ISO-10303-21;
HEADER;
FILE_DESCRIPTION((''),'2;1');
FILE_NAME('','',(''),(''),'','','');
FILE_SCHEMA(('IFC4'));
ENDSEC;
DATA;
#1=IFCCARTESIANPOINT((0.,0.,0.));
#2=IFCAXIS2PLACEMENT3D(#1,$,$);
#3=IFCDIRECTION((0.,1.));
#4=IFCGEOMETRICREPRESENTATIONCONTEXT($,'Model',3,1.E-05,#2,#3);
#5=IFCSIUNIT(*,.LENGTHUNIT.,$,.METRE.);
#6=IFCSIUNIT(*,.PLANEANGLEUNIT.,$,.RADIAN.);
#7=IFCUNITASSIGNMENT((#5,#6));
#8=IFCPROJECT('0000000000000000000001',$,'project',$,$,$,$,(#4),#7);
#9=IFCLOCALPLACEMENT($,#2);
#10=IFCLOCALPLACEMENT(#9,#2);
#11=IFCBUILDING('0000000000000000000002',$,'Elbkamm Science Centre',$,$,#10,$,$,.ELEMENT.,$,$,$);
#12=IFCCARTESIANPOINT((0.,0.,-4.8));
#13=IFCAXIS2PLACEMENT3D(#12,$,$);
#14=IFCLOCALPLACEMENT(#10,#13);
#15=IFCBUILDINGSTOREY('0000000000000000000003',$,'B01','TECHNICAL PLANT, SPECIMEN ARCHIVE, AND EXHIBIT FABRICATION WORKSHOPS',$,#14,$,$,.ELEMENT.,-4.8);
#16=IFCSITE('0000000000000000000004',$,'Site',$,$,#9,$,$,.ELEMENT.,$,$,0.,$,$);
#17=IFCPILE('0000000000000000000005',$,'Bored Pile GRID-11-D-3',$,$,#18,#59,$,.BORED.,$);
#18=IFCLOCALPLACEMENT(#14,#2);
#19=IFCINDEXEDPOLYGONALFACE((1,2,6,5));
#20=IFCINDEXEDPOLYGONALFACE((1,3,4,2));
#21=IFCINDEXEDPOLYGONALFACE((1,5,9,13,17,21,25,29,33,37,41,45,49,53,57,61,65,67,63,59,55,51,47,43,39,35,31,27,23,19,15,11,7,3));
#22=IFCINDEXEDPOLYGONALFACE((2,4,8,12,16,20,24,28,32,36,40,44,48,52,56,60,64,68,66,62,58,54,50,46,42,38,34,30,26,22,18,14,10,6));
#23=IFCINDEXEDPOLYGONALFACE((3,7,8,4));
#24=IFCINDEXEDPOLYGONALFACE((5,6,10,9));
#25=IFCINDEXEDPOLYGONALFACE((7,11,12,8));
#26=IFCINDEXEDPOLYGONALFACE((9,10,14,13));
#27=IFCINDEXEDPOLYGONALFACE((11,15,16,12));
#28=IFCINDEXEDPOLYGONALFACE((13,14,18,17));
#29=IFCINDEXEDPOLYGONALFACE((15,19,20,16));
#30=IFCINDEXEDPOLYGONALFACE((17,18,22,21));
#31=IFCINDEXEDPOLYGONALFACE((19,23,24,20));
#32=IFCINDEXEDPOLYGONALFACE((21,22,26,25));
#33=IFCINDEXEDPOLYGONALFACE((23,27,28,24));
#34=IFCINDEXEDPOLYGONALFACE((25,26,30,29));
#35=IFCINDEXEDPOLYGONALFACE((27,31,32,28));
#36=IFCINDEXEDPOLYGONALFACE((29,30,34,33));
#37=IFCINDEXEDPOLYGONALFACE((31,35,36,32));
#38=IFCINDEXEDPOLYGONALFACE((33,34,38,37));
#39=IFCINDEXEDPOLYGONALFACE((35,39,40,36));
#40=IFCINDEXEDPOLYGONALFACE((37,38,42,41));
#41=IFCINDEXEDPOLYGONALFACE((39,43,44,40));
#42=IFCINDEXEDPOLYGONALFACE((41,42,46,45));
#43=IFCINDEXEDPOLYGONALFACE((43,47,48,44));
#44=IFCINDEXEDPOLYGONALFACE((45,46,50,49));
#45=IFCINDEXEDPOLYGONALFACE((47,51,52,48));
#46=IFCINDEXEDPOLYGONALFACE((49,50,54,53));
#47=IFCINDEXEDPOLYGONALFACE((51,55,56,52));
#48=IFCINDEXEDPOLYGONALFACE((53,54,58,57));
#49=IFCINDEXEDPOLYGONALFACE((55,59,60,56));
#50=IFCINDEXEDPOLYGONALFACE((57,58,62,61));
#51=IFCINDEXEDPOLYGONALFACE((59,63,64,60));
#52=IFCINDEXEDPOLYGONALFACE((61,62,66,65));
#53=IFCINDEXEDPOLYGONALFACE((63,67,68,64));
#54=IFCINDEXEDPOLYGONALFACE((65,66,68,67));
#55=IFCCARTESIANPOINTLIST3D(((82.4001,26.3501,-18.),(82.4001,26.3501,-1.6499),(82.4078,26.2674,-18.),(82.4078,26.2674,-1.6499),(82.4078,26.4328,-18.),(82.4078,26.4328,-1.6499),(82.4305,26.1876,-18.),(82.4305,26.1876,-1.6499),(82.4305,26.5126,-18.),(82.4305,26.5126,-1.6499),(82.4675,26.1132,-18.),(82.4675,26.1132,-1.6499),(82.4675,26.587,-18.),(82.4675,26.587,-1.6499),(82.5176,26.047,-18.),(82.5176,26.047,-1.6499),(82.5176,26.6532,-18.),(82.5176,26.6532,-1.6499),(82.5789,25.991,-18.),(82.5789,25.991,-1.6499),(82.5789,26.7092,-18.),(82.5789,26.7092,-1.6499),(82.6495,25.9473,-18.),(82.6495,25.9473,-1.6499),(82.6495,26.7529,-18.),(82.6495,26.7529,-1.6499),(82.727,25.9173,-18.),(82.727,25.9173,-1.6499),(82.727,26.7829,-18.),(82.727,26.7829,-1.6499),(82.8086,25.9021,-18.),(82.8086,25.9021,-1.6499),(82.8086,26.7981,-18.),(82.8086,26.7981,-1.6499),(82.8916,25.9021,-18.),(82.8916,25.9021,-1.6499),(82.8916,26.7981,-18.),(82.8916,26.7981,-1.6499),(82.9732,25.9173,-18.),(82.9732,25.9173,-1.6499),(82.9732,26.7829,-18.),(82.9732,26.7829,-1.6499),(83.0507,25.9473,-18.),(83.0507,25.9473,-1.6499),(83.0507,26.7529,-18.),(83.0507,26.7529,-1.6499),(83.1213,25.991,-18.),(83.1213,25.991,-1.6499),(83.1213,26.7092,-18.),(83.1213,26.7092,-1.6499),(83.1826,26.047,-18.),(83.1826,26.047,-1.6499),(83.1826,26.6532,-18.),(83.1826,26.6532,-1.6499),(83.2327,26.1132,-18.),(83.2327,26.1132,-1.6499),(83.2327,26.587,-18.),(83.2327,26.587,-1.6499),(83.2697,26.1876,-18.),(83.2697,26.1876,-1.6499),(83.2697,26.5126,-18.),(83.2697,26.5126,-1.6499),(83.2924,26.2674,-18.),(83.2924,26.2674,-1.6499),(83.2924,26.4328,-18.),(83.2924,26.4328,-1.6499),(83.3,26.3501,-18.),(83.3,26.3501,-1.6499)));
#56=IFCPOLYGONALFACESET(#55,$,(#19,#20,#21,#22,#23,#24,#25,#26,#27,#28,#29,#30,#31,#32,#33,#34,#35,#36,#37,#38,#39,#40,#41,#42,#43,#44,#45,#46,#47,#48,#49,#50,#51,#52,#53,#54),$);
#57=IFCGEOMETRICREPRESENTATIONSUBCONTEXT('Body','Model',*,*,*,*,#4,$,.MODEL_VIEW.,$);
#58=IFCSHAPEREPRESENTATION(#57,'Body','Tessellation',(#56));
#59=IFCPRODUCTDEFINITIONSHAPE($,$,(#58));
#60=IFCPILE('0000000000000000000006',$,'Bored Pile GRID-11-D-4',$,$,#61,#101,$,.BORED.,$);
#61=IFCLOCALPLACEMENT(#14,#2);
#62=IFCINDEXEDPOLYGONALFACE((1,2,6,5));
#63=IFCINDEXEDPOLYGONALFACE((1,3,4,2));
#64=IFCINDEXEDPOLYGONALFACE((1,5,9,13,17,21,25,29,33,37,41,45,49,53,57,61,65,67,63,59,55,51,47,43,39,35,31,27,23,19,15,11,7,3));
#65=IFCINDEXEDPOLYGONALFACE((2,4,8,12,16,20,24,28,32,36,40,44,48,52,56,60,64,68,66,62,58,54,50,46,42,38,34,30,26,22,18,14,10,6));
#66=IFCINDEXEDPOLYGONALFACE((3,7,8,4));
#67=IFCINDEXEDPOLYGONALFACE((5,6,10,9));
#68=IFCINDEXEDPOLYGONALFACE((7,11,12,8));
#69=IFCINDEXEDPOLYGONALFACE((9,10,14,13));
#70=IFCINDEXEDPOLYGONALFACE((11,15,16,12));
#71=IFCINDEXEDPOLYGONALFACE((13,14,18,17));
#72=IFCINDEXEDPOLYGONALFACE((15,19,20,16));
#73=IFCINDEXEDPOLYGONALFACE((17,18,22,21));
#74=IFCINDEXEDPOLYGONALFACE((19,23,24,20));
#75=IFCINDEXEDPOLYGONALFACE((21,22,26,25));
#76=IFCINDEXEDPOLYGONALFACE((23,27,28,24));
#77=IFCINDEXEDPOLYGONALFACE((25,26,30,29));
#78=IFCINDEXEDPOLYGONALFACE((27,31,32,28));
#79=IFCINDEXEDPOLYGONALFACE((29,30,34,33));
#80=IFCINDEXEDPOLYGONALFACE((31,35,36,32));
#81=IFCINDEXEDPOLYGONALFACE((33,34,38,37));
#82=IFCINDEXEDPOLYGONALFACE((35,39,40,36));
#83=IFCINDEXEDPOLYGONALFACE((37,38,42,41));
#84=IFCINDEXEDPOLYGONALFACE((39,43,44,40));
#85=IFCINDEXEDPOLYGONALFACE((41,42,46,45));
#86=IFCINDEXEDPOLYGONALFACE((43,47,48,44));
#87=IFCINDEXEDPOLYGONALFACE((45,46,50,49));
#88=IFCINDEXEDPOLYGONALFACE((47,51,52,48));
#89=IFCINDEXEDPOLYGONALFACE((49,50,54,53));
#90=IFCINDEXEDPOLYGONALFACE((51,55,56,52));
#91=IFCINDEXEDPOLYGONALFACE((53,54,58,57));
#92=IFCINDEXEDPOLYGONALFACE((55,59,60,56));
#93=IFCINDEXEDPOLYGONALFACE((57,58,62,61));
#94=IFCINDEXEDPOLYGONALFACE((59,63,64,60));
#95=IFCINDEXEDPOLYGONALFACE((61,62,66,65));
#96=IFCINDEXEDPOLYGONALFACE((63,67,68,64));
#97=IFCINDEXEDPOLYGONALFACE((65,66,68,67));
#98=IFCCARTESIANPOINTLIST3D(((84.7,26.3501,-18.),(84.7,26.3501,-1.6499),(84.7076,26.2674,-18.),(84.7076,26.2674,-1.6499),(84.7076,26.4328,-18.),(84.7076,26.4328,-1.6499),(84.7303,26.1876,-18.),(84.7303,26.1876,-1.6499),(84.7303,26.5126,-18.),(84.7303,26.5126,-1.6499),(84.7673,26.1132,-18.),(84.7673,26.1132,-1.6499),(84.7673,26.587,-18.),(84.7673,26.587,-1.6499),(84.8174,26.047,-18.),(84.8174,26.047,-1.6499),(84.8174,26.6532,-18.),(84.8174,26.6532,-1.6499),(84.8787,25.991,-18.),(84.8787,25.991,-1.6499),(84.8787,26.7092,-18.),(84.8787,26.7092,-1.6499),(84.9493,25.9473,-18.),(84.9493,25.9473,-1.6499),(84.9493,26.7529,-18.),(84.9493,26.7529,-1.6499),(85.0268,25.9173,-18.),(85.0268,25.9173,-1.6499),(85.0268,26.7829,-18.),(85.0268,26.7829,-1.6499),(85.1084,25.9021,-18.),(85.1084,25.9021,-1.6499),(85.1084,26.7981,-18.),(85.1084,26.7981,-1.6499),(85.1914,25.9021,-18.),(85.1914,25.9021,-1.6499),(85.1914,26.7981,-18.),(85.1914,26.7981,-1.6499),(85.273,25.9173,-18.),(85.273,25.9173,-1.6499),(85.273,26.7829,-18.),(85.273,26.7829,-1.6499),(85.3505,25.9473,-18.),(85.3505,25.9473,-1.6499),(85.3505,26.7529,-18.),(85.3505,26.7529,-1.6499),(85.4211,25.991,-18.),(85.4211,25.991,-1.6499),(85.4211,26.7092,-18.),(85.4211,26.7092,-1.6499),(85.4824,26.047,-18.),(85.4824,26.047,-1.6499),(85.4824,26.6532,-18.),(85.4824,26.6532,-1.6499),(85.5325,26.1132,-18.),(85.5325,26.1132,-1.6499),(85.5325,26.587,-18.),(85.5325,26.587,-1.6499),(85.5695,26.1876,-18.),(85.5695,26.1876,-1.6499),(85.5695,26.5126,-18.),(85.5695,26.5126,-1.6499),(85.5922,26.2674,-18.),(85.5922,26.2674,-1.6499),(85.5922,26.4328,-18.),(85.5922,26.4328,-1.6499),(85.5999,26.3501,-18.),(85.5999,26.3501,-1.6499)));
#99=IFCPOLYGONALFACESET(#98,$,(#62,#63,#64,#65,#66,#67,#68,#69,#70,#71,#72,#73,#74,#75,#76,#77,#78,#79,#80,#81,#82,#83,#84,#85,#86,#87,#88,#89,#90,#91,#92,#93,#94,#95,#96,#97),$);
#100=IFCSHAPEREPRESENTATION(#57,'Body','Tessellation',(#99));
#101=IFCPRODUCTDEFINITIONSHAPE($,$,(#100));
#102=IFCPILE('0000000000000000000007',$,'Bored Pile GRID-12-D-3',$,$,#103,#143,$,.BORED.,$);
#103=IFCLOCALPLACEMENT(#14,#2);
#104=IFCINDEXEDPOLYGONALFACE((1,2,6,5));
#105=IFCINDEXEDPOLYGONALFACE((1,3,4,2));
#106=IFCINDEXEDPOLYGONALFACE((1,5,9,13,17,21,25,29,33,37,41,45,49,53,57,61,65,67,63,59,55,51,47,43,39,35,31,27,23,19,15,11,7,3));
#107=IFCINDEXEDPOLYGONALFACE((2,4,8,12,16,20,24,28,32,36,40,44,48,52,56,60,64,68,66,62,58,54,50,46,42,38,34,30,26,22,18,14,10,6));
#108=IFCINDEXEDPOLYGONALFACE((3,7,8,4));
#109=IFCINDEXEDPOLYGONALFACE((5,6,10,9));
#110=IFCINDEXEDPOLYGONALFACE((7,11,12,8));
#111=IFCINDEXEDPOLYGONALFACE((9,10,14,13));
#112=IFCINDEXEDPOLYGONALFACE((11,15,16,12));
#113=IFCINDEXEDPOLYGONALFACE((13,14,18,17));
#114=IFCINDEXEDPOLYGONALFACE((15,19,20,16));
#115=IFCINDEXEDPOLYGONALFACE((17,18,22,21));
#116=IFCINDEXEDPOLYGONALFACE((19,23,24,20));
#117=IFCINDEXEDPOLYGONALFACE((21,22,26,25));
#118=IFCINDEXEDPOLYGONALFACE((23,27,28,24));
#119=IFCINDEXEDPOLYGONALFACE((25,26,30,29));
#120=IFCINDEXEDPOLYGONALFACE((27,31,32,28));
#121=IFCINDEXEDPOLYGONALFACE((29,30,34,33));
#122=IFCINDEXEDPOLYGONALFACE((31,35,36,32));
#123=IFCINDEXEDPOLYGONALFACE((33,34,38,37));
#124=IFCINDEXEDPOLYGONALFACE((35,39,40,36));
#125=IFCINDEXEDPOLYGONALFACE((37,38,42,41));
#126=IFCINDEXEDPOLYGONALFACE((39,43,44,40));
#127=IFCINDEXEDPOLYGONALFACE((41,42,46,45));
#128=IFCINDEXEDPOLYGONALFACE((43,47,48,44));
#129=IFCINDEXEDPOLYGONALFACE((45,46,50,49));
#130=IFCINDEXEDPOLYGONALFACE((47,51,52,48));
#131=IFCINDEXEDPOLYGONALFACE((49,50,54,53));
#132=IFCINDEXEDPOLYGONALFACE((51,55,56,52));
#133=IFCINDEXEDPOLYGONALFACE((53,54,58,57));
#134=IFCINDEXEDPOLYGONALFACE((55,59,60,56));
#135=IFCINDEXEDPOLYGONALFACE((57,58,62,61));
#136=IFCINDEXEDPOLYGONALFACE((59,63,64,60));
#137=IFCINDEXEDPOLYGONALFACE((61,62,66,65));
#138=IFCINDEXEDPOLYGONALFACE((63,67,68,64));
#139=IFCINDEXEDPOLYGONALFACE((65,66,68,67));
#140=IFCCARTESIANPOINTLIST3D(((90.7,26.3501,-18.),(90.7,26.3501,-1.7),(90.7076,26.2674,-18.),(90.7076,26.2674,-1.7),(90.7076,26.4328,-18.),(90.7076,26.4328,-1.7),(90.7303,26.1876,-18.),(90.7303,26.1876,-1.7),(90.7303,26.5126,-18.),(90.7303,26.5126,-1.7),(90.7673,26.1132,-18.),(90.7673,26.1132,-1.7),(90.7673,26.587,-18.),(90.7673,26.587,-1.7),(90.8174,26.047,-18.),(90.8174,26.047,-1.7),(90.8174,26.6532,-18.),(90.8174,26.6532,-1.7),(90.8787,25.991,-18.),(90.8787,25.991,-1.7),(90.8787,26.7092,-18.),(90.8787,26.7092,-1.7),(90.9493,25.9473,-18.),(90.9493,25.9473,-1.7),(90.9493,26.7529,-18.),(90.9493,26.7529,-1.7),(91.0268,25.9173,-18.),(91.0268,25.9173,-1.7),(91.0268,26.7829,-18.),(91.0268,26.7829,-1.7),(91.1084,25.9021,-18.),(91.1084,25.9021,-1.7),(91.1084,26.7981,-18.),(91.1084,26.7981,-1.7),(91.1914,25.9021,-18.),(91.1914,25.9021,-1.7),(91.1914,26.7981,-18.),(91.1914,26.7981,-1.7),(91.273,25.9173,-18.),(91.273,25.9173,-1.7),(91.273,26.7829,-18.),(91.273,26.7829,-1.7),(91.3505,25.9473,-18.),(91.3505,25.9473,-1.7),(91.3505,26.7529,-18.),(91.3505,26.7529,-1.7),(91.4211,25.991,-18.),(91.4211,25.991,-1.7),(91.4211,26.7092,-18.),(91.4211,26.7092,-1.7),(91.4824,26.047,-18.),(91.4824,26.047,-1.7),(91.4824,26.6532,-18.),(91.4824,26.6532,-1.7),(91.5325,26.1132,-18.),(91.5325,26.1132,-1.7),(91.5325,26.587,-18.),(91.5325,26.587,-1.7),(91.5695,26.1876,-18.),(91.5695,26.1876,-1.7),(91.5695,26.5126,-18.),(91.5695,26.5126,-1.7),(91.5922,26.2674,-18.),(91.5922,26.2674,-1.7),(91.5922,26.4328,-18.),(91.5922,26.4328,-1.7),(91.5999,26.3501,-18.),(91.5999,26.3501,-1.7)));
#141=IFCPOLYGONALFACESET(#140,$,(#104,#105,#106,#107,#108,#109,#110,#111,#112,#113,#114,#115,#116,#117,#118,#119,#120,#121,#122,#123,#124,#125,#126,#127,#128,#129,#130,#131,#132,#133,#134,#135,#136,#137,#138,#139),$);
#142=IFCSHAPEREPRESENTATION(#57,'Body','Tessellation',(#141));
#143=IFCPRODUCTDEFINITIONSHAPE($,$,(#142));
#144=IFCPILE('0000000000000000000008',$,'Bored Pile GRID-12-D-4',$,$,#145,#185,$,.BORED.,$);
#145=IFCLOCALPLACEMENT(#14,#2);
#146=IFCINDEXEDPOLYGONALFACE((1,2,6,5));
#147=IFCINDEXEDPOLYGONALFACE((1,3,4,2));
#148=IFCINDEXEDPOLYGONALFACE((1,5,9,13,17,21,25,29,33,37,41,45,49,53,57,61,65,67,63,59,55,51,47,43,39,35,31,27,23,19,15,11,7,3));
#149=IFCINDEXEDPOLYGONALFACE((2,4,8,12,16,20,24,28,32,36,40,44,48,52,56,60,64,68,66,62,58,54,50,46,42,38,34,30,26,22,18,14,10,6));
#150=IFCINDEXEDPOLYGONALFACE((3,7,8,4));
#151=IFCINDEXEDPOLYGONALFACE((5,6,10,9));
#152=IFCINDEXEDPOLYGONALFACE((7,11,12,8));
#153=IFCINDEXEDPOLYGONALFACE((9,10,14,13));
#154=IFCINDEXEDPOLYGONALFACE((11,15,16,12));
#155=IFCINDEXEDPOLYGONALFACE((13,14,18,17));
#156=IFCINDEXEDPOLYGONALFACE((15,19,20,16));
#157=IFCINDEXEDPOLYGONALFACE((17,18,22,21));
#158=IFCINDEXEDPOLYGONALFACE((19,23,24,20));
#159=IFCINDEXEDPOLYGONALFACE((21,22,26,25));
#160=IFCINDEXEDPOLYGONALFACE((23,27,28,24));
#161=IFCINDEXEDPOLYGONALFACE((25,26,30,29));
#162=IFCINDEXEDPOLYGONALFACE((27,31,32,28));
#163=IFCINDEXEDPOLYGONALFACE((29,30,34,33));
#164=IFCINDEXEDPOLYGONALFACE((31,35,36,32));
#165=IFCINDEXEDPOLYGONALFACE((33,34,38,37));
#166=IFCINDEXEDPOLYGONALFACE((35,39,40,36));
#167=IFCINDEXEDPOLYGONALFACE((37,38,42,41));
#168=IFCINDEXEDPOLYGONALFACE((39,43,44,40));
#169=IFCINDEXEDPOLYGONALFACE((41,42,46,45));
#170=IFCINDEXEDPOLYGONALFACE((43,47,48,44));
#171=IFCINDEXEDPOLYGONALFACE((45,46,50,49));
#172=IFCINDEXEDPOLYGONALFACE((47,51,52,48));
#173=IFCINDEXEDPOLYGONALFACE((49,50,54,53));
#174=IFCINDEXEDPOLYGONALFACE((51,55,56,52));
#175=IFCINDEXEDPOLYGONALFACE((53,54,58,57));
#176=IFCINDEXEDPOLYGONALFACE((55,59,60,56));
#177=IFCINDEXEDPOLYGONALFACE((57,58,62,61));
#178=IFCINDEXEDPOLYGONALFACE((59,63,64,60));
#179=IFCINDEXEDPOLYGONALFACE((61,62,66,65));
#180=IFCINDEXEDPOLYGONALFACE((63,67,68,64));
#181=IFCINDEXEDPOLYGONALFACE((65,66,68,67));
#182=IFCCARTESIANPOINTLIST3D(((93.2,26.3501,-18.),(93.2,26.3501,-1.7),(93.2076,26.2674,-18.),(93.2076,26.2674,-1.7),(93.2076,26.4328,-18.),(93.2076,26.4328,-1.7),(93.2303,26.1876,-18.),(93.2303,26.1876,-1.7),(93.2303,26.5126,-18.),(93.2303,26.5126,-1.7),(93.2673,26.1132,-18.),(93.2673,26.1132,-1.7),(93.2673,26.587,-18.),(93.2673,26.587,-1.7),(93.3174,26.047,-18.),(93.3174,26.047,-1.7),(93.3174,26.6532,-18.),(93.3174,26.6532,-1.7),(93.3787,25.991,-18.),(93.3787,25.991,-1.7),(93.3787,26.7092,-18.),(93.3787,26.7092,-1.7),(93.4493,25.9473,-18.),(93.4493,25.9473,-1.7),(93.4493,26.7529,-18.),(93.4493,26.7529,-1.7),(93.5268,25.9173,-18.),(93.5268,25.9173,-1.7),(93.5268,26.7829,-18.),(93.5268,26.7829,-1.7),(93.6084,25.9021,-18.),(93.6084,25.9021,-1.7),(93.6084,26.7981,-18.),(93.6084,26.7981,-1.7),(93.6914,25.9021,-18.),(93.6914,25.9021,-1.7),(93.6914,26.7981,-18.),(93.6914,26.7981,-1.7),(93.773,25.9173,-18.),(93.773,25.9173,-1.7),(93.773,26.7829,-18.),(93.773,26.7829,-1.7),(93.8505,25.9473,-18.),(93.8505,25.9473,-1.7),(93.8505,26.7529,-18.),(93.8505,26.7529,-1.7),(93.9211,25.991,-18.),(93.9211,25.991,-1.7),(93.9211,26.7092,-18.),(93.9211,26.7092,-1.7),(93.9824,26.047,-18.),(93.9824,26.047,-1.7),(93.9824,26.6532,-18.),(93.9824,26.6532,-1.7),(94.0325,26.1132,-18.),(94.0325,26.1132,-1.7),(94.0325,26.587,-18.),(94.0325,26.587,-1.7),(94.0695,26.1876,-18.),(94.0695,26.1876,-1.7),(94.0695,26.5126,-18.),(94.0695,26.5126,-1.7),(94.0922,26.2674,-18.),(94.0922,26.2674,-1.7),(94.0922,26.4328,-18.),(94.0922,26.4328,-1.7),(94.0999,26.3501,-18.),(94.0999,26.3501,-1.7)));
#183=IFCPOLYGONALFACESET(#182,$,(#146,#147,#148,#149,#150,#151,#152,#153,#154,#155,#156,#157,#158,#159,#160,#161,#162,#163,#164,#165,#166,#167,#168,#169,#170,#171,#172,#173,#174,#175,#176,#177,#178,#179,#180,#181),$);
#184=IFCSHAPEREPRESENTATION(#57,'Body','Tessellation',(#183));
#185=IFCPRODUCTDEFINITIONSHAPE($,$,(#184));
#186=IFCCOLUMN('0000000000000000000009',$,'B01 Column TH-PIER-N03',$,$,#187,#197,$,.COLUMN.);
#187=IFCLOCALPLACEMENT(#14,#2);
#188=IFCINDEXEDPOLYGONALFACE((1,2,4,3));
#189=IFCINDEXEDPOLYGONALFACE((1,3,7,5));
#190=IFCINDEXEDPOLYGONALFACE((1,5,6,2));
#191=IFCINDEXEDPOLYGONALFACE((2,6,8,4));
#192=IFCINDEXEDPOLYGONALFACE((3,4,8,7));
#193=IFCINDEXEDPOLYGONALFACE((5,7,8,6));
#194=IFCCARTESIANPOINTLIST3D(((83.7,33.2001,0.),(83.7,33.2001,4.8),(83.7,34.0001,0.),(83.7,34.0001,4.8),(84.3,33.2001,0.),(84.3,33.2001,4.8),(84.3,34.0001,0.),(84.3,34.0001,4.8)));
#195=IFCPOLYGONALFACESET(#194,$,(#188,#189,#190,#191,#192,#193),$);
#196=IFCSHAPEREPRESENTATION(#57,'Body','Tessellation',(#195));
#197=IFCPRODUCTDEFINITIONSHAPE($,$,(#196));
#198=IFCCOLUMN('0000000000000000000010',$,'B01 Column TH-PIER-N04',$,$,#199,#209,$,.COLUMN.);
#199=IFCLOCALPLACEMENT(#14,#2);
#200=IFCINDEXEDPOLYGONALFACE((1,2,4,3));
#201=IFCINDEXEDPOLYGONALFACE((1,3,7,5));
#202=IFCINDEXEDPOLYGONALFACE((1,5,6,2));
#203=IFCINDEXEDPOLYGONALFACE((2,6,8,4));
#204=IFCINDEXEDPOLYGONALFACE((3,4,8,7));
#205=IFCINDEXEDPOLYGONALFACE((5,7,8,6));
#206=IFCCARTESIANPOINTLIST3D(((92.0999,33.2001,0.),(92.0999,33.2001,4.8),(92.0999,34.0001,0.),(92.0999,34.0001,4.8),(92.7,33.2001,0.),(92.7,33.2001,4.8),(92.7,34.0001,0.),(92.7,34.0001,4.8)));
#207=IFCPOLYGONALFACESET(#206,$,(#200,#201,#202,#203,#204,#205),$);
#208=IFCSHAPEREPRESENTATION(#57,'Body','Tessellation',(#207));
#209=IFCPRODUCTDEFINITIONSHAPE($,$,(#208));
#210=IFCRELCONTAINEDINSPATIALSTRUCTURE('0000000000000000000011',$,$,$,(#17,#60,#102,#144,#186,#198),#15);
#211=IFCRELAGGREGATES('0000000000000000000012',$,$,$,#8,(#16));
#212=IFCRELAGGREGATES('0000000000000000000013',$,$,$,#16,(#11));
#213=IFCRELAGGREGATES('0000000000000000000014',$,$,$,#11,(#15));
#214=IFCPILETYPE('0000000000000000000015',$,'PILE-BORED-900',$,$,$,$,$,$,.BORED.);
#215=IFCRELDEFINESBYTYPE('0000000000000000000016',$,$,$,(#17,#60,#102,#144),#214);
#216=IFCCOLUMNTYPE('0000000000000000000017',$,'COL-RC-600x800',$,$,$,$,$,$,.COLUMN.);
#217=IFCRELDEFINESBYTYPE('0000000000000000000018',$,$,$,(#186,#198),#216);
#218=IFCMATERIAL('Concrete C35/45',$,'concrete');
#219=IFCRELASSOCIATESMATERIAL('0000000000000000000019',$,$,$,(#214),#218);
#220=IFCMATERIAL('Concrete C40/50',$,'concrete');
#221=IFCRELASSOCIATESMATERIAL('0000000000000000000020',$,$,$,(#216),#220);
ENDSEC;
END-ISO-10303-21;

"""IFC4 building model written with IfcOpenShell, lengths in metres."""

from ifc_helpers import new_model, si_unit, direction, frame, origin, origin_2d, place, context, subcontext, project, spatial, rectangle, circle, extrude, material, material_profile, profile_set, type_object, element, save


model = new_model("IFC4")

# Units and contexts
model_context = context("Model", 3, precision=1e-05, world=origin(), true_north=direction((0.0, 1.0)))
body_context = subcontext(model_context, "Body", "Model", "MODEL_VIEW")
ifc_project = project(units=[si_unit("LENGTHUNIT", "METRE"), si_unit("PLANEANGLEUNIT", "RADIAN")], contexts=[model_context])

# Site, building, storey
site_placement = place(None, origin())
site = spatial("IfcSite", under=ifc_project, at=site_placement, Name="Site", CompositionType="ELEMENT", RefElevation=0.0)
building_placement = place(site_placement, origin())
building = spatial("IfcBuilding", under=site, at=building_placement, Name="Elbkamm Science Centre", CompositionType="ELEMENT")
storey_placement = place(building_placement, frame((0.0, 0.0, -4.8)))
storey = spatial("IfcBuildingStorey", under=building, at=storey_placement, Name="B01", Description="TECHNICAL PLANT, SPECIMEN ARCHIVE, AND EXHIBIT FABRICATION WORKSHOPS", CompositionType="ELEMENT", Elevation=-4.8)

# Shared definitions
ifc_material_1 = material(Name="Concrete C35/45", Category="concrete")

# Piles
ifc_material_profile_1 = material_profile(ifc_material_1, circle(Radius=0.45, at=origin_2d()), Name="PILE D900")
ifc_profile_set_1 = profile_set([ifc_material_profile_1], Name="Concrete C35/45")
pile_type_1 = type_object("IfcPileType", Name="PILE-BORED-900", PredefinedType="BORED", material=ifc_profile_set_1)
for number, where, z_axis, x_axis, name in (
    (1, (82.8501, 26.3501, -1.6499), (0.0, 0.0, -1.0), (1.0, 0.0, 0.0), "Bored Pile GRID-11-D-3"),
    (2, (85.1499, 26.3501, -1.6499), (0.0, 0.0, -1.0), (1.0, 0.0, 0.0), "Bored Pile GRID-11-D-4"),
):
    element("IfcPile", number, at=place(storey_placement, frame(where, z_axis=z_axis, x_axis=x_axis)), inside=storey, type_object=pile_type_1, Name=name, PredefinedType="BORED", context=body_context, shape_type="SweptSolid", body=[
        extrude(circle(Radius=0.45, at=origin_2d()), origin(), (0.0, 0.0, 1.0), 16.3501),
    ])
for number, where, z_axis, x_axis, name in (
    (3, (91.1499, 26.3501, -1.7), (0.0, 0.0, -1.0), (1.0, 0.0, 0.0), "Bored Pile GRID-12-D-3"),
    (4, (93.6499, 26.3501, -1.7), (0.0, 0.0, -1.0), (1.0, 0.0, 0.0), "Bored Pile GRID-12-D-4"),
):
    element("IfcPile", number, at=place(storey_placement, frame(where, z_axis=z_axis, x_axis=x_axis)), inside=storey, type_object=pile_type_1, Name=name, PredefinedType="BORED", context=body_context, shape_type="SweptSolid", body=[
        extrude(circle(Radius=0.45, at=origin_2d()), origin(), (0.0, 0.0, 1.0), 16.3),
    ])

# Columns
ifc_material_2 = material(Name="Concrete C40/50", Category="concrete")
ifc_material_profile_2 = material_profile(ifc_material_2, rectangle(XDim=0.6001, YDim=0.8, at=origin_2d()), Name="RC 600x800")
ifc_profile_set_2 = profile_set([ifc_material_profile_2], Name="Concrete C40/50")
column_type = type_object("IfcColumnType", Name="COL-RC-600x800", PredefinedType="COLUMN", material=ifc_profile_set_2)
for number, where, z_axis, x_axis, name in (
    (5, (84.0, 33.6001, 0.0), (0.0, 0.0, 1.0), (1.0, 0.0, 0.0), "B01 Column TH-PIER-N03"),
    (6, (92.3999, 33.6001, 0.0), (0.0, 0.0, 1.0), (1.0, 0.0, 0.0), "B01 Column TH-PIER-N04"),
):
    element("IfcColumn", number, at=place(storey_placement, frame(where, z_axis=z_axis, x_axis=x_axis)), inside=storey, type_object=column_type, Name=name, PredefinedType="COLUMN", context=body_context, shape_type="SweptSolid", body=[
        extrude(rectangle(XDim=0.6001, YDim=0.8, at=origin_2d()), origin(), (0.0, 0.0, 1.0), 4.8),
    ])

save(model, "model.ifc")
